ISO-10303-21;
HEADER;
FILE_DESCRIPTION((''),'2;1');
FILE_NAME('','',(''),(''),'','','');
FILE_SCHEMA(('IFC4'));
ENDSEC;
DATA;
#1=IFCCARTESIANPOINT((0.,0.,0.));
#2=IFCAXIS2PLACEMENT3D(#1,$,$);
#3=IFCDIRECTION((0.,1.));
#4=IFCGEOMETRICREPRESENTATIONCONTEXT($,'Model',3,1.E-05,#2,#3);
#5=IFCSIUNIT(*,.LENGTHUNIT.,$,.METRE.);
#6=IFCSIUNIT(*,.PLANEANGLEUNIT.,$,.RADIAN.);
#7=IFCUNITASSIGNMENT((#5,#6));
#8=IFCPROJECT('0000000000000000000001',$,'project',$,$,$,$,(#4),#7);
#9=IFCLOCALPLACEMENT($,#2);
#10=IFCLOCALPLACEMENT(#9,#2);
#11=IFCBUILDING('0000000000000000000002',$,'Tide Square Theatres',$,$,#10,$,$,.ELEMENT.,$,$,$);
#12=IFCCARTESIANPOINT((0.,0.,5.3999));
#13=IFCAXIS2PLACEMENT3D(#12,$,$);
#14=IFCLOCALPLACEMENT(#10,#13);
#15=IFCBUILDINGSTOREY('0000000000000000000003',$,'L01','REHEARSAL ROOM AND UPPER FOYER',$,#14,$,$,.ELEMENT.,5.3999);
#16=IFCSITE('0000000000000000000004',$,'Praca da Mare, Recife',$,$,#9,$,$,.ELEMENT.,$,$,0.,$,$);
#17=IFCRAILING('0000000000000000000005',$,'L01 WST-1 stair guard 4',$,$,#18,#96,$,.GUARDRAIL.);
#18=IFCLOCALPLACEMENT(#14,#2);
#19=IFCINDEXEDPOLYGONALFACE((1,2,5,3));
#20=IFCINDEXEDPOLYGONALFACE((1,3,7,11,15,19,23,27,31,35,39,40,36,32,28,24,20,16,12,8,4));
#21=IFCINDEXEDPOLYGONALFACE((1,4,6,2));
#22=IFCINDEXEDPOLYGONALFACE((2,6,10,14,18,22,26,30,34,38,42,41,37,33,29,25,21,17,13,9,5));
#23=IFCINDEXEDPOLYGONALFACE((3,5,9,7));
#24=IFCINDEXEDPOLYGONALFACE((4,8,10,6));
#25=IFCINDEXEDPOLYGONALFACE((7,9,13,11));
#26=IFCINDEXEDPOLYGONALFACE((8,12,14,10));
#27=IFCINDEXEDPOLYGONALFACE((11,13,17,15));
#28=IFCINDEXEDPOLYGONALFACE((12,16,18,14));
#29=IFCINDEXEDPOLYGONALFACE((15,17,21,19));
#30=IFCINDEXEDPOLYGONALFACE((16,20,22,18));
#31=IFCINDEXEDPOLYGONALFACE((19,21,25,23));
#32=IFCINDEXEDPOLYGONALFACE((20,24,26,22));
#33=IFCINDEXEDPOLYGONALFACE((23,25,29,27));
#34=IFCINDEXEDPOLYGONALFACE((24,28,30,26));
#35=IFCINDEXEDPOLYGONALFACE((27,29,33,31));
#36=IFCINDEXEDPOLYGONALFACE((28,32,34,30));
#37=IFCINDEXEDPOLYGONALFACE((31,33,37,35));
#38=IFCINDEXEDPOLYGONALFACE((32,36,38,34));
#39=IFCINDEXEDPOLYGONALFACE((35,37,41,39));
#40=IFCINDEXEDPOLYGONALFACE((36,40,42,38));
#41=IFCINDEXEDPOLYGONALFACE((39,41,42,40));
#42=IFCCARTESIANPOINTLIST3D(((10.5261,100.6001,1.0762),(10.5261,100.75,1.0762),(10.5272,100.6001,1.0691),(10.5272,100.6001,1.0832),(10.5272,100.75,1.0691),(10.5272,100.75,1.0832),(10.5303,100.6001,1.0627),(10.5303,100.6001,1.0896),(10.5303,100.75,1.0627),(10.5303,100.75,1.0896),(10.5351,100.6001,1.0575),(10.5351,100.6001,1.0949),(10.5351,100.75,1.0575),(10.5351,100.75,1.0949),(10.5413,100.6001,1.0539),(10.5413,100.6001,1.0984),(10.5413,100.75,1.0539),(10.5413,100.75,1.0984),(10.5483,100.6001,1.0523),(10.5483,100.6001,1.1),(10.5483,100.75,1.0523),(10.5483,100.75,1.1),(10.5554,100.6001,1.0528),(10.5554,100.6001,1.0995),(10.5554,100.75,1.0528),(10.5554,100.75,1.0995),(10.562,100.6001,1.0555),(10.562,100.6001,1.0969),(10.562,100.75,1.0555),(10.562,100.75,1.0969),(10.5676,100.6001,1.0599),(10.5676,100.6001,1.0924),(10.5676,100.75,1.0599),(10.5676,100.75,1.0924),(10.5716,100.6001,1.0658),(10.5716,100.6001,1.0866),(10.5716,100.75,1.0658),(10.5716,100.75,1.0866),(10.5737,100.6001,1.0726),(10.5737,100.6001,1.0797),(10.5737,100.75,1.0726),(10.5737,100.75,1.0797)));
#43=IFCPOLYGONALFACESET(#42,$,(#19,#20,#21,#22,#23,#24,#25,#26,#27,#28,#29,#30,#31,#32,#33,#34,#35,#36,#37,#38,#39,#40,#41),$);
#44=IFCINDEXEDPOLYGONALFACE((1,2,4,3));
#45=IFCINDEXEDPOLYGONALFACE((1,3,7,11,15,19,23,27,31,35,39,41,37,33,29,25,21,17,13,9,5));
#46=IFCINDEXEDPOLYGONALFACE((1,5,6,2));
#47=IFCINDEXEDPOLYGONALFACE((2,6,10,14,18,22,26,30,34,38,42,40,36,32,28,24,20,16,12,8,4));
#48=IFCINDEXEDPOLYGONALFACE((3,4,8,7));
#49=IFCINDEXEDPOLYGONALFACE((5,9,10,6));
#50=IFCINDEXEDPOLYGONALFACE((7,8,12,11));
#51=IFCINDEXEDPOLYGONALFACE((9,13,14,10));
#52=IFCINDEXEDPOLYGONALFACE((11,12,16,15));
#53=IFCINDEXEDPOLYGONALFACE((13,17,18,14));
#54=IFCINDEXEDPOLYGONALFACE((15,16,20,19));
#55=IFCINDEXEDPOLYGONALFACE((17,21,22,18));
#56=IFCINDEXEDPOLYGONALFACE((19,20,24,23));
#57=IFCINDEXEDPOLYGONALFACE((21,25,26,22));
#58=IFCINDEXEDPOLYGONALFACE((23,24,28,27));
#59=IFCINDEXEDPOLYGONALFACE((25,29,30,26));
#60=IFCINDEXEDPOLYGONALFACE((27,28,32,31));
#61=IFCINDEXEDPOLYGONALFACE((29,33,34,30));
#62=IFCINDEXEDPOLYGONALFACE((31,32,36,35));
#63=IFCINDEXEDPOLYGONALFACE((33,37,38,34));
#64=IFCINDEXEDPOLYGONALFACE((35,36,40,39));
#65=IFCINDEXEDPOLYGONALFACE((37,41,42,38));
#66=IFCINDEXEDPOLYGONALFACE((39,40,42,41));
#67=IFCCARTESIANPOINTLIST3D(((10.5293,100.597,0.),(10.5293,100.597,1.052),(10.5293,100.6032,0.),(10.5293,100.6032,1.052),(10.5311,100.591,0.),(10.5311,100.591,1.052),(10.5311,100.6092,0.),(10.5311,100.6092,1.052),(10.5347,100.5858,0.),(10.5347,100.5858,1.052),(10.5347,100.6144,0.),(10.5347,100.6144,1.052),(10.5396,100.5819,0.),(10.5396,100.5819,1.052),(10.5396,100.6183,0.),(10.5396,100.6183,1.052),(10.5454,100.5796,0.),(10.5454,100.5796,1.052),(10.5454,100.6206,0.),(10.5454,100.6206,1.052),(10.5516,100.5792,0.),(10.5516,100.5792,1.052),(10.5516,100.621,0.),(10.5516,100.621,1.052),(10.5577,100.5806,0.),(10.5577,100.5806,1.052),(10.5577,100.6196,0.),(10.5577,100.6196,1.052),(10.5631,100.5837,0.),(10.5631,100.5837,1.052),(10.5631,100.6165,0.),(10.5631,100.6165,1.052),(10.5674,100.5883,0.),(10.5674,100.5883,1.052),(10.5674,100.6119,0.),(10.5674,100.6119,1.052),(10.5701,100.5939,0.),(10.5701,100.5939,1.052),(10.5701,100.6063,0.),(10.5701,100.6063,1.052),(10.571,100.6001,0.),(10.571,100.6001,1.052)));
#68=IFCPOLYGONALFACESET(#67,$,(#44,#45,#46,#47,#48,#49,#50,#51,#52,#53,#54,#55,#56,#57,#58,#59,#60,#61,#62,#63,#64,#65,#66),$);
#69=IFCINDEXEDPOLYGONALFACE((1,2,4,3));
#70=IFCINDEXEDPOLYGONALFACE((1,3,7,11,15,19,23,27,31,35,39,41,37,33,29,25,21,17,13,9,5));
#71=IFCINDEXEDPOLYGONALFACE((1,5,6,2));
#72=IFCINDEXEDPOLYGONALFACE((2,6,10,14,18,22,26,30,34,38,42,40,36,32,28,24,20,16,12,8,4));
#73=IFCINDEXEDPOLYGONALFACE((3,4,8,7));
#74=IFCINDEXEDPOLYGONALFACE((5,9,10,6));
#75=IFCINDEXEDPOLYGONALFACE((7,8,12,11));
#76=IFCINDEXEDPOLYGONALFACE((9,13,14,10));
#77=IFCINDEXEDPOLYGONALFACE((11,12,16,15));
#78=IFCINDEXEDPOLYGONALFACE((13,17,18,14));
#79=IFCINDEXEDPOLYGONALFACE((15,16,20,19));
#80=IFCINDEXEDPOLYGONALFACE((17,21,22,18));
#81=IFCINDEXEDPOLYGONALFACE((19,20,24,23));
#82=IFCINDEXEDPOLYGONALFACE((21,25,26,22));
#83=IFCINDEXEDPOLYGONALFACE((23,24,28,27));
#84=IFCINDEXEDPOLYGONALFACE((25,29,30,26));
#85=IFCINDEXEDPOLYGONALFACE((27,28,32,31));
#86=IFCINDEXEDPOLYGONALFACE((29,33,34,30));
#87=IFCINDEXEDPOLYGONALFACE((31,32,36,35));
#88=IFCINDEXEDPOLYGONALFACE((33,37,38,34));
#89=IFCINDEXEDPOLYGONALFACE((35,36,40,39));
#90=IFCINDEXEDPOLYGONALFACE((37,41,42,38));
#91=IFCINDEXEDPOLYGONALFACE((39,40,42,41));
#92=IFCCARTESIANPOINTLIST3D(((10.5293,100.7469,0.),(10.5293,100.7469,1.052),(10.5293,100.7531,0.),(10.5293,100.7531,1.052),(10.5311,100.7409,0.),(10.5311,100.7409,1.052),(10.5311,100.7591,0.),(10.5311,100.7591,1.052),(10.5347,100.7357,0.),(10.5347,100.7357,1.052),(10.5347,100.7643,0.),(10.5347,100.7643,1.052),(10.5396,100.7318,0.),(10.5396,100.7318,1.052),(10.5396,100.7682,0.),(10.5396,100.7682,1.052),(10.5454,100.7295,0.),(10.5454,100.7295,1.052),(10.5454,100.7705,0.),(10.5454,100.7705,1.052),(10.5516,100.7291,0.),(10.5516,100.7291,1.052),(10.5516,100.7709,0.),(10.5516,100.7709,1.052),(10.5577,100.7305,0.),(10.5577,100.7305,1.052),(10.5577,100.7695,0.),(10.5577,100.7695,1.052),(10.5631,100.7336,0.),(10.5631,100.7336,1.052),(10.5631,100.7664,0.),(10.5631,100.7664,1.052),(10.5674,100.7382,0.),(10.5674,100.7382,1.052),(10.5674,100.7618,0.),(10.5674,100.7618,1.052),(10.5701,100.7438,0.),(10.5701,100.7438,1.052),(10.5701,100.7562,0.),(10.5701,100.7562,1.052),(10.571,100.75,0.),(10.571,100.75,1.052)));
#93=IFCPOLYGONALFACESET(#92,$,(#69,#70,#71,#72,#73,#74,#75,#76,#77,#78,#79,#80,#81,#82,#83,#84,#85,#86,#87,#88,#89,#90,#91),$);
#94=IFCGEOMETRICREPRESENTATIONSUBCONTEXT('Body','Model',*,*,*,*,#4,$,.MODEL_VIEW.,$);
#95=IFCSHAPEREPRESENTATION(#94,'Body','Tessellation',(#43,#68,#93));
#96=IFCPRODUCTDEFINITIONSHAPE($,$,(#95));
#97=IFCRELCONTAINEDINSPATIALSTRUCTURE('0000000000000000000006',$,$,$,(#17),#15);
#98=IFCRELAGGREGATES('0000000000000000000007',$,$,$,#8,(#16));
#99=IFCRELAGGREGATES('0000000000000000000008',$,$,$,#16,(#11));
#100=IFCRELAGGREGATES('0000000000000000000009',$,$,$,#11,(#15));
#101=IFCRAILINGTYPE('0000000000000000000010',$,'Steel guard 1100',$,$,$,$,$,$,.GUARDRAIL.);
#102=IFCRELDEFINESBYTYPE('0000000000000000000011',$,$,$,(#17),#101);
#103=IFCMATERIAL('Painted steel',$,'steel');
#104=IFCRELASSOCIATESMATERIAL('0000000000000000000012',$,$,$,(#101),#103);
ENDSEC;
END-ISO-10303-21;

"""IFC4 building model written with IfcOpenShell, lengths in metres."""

from ifc_helpers import new_model, si_unit, direction, frame, origin, origin_2d, place, context, subcontext, project, spatial, circle, extrude, material, type_object, element, save


model = new_model("IFC4")

# Units and contexts
model_context = context("Model", 3, precision=1e-05, world=origin(), true_north=direction((0.0, 1.0)))
body_context = subcontext(model_context, "Body", "Model", "MODEL_VIEW")
ifc_project = project(units=[si_unit("LENGTHUNIT", "METRE"), si_unit("PLANEANGLEUNIT", "RADIAN")], contexts=[model_context])

# Site, building, storey
site_placement = place(None, origin())
site = spatial("IfcSite", under=ifc_project, at=site_placement, Name="Praca da Mare, Recife", CompositionType="ELEMENT", RefElevation=0.0)
building_placement = place(site_placement, origin())
building = spatial("IfcBuilding", under=site, at=building_placement, Name="Tide Square Theatres", CompositionType="ELEMENT")
storey_placement = place(building_placement, frame((0.0, 0.0, 5.3999)))
storey = spatial("IfcBuildingStorey", under=building, at=storey_placement, Name="L01", Description="REHEARSAL ROOM AND UPPER FOYER", CompositionType="ELEMENT", Elevation=5.3999)

# Railing
ifc_material_1 = material(Name="Painted steel", Category="steel")
railing_type_1 = type_object("IfcRailingType", Name="Steel guard 1100", PredefinedType="GUARDRAIL", material=ifc_material_1)
railing_1_placement = place(storey_placement, frame((10.55, 100.6001, 0.0)))
element("IfcRailing", 1, at=railing_1_placement, inside=storey, type_object=railing_type_1, Name="L01 WST-1 stair guard 4", PredefinedType="GUARDRAIL", context=body_context, shape_type="SweptSolid", body=[
    extrude(circle(Radius=0.0239, at=origin_2d()), frame((0.0, 0.0, 1.0762), z_axis=(0.0, 1.0, 0.0), x_axis=(-1.0, 0.0, 0.0)), (0.0, 0.0, 1.0), 0.1499),
    extrude(circle(Radius=0.021, at=origin_2d()), origin(), (0.0, 0.0, 1.0), 1.052),
    extrude(circle(Radius=0.021, at=origin_2d()), frame((0.0, 0.1499, 0.0)), (0.0, 0.0, 1.0), 1.052),
])

save(model, "model.ifc")
